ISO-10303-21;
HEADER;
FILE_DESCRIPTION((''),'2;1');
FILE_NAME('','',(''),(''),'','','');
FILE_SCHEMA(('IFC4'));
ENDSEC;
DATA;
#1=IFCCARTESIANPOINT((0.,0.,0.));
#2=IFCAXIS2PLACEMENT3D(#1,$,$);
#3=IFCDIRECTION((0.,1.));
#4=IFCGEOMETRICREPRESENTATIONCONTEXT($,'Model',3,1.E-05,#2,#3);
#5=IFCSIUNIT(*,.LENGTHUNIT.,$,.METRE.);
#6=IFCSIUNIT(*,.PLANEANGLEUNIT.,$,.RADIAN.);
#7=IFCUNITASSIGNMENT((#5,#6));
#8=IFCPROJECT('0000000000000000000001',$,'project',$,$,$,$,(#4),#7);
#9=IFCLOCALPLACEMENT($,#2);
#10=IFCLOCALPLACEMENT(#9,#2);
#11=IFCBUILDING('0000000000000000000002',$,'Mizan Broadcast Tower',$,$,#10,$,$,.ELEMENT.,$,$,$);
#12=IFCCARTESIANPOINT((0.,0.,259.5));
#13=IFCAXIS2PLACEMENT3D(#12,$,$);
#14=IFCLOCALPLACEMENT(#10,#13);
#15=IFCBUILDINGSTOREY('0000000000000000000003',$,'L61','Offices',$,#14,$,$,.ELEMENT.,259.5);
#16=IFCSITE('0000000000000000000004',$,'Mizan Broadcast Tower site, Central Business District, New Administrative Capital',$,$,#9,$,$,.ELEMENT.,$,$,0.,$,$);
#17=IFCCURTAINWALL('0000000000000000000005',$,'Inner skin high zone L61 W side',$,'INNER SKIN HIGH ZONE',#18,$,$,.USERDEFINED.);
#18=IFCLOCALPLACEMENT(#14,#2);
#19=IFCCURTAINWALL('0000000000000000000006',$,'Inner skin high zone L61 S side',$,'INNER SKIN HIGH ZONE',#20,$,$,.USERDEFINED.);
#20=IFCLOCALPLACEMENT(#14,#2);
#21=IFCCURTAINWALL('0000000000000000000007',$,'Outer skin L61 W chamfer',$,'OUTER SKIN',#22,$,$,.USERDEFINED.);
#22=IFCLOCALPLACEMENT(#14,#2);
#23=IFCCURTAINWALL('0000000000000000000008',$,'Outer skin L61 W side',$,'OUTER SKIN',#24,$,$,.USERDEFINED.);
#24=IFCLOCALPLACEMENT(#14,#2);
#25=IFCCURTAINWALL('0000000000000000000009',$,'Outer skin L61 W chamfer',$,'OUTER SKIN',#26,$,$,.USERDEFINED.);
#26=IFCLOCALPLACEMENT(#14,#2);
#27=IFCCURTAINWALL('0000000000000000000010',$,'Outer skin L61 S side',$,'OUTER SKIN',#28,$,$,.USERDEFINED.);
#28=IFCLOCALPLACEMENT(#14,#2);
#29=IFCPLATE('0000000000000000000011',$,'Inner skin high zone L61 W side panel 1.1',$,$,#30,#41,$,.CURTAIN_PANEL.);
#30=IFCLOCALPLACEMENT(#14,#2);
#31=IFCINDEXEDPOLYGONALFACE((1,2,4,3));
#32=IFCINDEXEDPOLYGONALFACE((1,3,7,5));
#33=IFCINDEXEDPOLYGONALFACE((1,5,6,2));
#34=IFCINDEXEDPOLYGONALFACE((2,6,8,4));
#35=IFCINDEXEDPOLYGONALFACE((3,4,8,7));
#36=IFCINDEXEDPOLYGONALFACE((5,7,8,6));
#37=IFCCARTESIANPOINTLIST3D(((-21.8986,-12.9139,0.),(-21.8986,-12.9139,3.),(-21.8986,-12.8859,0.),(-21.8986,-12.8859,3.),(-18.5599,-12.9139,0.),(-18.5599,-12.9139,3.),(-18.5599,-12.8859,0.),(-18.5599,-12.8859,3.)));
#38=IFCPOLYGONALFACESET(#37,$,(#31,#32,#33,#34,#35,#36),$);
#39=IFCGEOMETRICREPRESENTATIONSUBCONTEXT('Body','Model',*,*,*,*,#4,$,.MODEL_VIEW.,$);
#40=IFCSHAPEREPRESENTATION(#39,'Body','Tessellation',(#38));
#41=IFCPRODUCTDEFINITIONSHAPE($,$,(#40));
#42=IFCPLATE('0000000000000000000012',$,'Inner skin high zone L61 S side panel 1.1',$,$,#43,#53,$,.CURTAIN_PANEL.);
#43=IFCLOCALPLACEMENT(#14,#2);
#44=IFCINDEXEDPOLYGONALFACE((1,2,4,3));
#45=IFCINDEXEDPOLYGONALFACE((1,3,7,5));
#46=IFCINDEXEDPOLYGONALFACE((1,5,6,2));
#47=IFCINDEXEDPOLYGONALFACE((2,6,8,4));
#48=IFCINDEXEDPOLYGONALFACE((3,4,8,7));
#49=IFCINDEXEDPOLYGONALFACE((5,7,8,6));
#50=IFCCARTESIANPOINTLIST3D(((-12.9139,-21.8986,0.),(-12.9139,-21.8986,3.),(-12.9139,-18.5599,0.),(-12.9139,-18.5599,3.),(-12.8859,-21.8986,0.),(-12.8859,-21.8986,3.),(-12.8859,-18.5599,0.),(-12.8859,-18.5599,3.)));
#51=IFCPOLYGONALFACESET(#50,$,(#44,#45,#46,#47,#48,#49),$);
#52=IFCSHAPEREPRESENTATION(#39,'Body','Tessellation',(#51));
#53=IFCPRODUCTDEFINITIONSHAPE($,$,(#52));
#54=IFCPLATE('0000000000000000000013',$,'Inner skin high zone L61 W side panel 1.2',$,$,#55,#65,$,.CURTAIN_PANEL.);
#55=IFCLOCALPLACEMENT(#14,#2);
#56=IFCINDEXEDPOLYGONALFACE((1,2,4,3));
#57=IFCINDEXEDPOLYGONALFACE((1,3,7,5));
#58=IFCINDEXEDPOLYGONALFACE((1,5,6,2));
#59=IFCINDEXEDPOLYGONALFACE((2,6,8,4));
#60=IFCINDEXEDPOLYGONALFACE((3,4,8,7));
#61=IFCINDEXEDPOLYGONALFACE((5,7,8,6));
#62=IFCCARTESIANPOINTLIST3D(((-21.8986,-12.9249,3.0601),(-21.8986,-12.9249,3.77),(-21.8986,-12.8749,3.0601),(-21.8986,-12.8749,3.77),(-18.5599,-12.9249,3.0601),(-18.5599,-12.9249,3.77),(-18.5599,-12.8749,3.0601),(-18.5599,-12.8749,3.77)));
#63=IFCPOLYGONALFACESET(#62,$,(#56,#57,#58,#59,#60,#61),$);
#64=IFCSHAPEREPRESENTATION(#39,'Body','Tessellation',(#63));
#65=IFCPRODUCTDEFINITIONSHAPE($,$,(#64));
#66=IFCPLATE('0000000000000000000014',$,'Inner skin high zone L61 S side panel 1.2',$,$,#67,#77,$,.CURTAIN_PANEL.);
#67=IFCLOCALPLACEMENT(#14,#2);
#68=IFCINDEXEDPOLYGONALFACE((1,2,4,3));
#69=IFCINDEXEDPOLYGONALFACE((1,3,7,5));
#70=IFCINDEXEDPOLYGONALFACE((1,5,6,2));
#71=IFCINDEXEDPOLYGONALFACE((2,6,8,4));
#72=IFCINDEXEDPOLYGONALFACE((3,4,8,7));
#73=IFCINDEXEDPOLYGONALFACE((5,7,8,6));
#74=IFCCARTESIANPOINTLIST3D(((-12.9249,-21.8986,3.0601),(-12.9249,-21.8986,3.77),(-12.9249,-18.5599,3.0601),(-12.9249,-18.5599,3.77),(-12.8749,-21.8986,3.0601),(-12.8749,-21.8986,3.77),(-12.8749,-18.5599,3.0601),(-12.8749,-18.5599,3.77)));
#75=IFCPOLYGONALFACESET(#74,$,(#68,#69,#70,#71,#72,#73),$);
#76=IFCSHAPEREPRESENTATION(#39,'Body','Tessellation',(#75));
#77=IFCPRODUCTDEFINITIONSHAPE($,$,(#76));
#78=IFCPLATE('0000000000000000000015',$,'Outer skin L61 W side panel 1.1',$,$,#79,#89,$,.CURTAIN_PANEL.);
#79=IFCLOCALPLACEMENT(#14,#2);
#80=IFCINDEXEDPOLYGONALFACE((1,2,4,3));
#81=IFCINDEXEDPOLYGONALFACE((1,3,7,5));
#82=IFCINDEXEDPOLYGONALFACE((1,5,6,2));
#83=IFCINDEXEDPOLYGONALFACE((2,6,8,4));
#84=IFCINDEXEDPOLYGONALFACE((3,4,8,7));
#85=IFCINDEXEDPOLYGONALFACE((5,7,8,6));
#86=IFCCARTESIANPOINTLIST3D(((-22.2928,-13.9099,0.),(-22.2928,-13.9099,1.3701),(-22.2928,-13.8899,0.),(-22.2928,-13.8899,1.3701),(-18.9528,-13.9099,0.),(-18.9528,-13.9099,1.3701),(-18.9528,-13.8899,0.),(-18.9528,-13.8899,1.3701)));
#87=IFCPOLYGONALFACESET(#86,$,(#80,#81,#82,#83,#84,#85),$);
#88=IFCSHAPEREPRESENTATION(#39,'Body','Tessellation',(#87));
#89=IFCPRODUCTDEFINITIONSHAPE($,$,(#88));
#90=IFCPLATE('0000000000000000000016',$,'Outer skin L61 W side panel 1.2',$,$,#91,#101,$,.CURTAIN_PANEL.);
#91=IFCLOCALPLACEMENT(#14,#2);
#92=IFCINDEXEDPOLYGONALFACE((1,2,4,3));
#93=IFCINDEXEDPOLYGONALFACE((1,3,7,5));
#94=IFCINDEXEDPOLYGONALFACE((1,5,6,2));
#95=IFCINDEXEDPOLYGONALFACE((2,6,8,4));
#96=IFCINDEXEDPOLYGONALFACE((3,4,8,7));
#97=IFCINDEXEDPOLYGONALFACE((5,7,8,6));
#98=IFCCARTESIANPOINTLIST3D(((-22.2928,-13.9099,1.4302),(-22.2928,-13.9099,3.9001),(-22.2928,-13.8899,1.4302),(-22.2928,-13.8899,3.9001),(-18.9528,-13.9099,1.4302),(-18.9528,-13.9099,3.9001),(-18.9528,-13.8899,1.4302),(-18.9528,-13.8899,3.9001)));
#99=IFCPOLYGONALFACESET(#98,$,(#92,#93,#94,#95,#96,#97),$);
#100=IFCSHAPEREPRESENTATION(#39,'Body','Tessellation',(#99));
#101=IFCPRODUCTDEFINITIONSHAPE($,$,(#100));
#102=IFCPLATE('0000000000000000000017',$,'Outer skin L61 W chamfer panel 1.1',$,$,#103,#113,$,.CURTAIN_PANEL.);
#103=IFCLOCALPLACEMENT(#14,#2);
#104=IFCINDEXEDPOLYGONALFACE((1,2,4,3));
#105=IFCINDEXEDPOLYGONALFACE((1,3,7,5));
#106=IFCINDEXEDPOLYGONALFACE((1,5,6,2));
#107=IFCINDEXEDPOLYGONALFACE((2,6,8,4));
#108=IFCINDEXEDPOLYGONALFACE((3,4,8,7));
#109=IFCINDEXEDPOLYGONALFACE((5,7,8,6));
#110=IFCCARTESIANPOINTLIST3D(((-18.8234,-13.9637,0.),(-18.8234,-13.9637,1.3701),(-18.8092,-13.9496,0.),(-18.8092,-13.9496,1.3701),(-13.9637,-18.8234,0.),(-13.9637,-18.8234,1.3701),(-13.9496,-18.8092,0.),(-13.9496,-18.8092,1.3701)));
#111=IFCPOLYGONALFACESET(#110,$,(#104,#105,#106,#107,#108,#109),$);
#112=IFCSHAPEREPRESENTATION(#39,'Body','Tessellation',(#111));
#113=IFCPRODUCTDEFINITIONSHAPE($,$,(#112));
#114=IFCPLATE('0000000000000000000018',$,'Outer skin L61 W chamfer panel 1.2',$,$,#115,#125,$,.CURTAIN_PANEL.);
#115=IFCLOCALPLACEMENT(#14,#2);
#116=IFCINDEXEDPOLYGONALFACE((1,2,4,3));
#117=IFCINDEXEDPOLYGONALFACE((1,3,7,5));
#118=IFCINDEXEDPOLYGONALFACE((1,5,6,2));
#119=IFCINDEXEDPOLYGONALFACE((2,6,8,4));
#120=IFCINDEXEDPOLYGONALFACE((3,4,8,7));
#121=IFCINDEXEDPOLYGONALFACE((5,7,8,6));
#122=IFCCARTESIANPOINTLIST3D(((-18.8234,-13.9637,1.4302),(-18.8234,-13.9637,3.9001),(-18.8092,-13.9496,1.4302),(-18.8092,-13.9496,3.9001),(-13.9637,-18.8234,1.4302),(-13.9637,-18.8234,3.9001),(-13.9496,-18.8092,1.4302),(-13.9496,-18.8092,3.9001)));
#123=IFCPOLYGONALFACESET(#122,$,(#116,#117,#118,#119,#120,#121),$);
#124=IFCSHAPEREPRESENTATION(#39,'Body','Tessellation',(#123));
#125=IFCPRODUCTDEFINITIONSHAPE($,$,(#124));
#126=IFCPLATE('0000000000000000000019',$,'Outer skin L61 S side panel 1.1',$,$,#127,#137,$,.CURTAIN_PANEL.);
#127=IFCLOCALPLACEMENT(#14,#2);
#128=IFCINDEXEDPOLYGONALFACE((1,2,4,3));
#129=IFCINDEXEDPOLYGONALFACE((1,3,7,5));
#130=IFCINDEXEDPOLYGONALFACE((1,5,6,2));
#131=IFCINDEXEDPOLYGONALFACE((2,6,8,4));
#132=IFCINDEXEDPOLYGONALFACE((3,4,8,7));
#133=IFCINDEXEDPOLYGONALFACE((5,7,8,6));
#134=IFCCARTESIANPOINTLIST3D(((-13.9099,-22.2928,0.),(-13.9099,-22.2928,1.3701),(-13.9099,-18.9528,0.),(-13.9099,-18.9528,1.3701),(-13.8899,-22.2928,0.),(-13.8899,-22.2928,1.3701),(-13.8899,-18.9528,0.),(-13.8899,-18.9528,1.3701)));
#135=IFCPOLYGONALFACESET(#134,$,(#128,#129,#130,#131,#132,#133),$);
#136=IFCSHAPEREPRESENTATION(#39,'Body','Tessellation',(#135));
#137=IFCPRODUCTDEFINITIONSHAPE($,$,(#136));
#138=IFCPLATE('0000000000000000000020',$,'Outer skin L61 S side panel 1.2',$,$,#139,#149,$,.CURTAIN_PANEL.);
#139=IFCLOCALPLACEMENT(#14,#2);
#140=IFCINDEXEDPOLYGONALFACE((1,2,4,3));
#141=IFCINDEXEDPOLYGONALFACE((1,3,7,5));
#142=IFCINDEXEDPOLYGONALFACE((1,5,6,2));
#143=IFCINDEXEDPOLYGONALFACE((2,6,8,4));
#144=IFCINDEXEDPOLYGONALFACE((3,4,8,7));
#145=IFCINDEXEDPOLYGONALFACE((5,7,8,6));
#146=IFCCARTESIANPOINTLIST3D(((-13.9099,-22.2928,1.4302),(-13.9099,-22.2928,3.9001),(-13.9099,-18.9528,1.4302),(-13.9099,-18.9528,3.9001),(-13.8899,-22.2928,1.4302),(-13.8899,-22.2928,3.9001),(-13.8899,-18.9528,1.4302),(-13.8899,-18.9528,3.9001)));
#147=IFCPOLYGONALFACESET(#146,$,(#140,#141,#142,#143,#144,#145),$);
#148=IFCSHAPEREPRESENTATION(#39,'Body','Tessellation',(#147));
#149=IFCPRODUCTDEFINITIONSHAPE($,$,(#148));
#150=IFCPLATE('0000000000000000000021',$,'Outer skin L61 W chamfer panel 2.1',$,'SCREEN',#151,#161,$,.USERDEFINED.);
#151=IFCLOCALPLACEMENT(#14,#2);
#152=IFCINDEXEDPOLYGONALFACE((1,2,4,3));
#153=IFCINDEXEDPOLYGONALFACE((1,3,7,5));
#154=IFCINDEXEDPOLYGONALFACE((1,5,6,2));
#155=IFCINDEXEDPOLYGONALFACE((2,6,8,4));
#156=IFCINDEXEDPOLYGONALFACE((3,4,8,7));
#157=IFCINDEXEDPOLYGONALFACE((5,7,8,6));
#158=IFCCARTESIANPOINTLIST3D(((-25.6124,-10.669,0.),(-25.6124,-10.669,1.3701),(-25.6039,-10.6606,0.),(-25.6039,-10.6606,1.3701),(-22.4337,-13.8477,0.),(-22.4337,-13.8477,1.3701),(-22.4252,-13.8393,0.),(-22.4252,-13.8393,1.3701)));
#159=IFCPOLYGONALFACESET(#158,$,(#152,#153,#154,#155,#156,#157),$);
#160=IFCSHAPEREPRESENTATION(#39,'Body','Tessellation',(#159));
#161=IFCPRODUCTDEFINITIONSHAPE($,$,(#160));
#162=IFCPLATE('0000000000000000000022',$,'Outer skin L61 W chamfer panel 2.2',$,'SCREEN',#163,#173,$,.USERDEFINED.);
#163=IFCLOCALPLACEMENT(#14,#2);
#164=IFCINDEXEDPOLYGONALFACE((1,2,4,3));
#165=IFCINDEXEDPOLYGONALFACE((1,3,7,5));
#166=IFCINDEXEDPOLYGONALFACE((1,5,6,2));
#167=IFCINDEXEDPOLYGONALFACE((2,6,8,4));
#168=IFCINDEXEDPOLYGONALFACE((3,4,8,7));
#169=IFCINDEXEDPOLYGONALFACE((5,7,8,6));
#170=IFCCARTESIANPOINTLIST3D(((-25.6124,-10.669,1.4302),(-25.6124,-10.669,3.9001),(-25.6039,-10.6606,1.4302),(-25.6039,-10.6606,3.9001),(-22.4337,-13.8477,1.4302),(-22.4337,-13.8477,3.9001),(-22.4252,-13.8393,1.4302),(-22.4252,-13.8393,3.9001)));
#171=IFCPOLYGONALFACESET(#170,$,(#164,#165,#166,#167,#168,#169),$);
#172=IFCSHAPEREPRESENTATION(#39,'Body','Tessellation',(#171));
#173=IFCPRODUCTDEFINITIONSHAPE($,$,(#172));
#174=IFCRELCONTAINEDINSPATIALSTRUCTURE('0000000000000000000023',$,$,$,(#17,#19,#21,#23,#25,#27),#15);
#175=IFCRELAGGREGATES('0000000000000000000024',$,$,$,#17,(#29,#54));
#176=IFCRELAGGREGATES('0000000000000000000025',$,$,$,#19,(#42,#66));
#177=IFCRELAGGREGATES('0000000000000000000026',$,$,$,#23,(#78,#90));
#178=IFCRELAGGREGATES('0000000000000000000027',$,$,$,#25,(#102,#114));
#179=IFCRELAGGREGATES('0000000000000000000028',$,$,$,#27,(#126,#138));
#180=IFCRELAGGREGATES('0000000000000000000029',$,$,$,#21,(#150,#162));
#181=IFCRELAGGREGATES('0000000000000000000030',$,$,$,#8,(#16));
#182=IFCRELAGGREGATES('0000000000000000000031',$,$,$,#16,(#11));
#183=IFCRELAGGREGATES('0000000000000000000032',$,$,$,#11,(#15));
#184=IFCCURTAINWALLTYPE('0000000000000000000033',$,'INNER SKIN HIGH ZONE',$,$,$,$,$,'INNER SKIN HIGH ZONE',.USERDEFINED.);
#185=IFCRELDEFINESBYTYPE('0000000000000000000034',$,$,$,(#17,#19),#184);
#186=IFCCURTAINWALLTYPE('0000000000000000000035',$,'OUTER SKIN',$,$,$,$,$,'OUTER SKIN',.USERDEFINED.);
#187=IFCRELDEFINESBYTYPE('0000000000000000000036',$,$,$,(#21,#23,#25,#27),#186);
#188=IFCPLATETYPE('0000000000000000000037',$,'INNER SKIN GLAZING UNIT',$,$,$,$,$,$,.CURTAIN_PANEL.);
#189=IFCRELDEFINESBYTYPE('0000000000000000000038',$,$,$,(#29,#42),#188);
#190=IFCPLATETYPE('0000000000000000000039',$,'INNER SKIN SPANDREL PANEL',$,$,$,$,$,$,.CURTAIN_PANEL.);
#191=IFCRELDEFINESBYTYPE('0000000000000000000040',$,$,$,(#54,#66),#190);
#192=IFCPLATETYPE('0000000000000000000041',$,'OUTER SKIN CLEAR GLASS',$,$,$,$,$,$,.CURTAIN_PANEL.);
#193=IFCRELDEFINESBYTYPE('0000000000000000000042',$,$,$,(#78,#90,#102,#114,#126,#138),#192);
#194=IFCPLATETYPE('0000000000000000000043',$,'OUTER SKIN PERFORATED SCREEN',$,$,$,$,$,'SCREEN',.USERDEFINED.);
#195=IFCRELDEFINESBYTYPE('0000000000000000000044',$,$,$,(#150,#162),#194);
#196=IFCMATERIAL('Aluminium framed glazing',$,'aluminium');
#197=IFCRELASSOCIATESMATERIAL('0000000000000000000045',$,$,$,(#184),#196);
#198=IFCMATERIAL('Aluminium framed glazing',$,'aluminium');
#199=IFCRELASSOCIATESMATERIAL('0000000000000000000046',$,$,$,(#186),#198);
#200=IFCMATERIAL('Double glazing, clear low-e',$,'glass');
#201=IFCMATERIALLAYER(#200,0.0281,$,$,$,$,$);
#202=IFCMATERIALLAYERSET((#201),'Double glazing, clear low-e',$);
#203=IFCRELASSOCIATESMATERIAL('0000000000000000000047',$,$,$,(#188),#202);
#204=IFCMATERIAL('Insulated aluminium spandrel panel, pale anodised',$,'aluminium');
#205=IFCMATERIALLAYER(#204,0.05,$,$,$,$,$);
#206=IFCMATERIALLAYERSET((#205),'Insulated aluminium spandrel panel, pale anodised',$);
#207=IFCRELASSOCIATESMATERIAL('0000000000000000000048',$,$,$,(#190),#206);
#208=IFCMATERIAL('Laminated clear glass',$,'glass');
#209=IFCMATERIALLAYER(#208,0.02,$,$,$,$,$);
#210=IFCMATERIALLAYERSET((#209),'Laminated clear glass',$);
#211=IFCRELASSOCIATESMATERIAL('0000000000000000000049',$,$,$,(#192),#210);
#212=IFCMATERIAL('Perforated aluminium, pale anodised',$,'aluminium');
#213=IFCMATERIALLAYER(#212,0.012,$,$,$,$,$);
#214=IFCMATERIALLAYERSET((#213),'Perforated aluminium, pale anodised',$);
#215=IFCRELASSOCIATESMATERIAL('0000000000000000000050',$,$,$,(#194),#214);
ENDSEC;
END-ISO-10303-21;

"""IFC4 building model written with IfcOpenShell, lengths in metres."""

from ifc_helpers import new_model, si_unit, direction, frame, origin, origin_2d, place, context, subcontext, project, spatial, rectangle, extrude, material, layer, layer_set, type_object, element, aggregate, save


model = new_model("IFC4")

# Units and contexts
model_context = context("Model", 3, precision=1e-05, world=origin(), true_north=direction((0.0, 1.0)))
body_context = subcontext(model_context, "Body", "Model", "MODEL_VIEW")
ifc_project = project(units=[si_unit("LENGTHUNIT", "METRE"), si_unit("PLANEANGLEUNIT", "RADIAN")], contexts=[model_context])

# Site, building, storey
site_placement = place(None, origin())
site = spatial("IfcSite", under=ifc_project, at=site_placement, Name="Mizan Broadcast Tower site, Central Business District, New Administrative Capital", CompositionType="ELEMENT", RefElevation=0.0)
building_placement = place(site_placement, origin())
building = spatial("IfcBuilding", under=site, at=building_placement, Name="Mizan Broadcast Tower", CompositionType="ELEMENT")
storey_placement = place(building_placement, frame((0.0, 0.0, 259.5)))
storey = spatial("IfcBuildingStorey", under=building, at=storey_placement, Name="L61", Description="Offices", CompositionType="ELEMENT", Elevation=259.5)

# Curtain walls
ifc_material_1 = material(Name="Aluminium framed glazing", Category="aluminium")
curtain_wall_type_1 = type_object("IfcCurtainWallType", Name="INNER SKIN HIGH ZONE", ElementType="INNER SKIN HIGH ZONE", PredefinedType="USERDEFINED", material=ifc_material_1)
curtain_wall_1_placement = place(storey_placement, origin())
curtain_wall_1 = element("IfcCurtainWall", 1, at=curtain_wall_1_placement, inside=storey, type_object=curtain_wall_type_1, Name="Inner skin high zone L61 W side", ObjectType="INNER SKIN HIGH ZONE", PredefinedType="USERDEFINED")
curtain_wall_2_placement = place(storey_placement, origin())
curtain_wall_2 = element("IfcCurtainWall", 2, at=curtain_wall_2_placement, inside=storey, type_object=curtain_wall_type_1, Name="Inner skin high zone L61 S side", ObjectType="INNER SKIN HIGH ZONE", PredefinedType="USERDEFINED")

# Curtain walls
ifc_material_2 = material(Name="Aluminium framed glazing", Category="aluminium")
curtain_wall_type_2 = type_object("IfcCurtainWallType", Name="OUTER SKIN", ElementType="OUTER SKIN", PredefinedType="USERDEFINED", material=ifc_material_2)
curtain_wall_3_placement = place(storey_placement, origin())
curtain_wall_3 = element("IfcCurtainWall", 3, at=curtain_wall_3_placement, inside=storey, type_object=curtain_wall_type_2, Name="Outer skin L61 W chamfer", ObjectType="OUTER SKIN", PredefinedType="USERDEFINED")
curtain_wall_4_placement = place(storey_placement, origin())
curtain_wall_4 = element("IfcCurtainWall", 4, at=curtain_wall_4_placement, inside=storey, type_object=curtain_wall_type_2, Name="Outer skin L61 W side", ObjectType="OUTER SKIN", PredefinedType="USERDEFINED")
curtain_wall_5_placement = place(storey_placement, origin())
curtain_wall_5 = element("IfcCurtainWall", 5, at=curtain_wall_5_placement, inside=storey, type_object=curtain_wall_type_2, Name="Outer skin L61 W chamfer", ObjectType="OUTER SKIN", PredefinedType="USERDEFINED")
curtain_wall_6_placement = place(storey_placement, origin())
curtain_wall_6 = element("IfcCurtainWall", 6, at=curtain_wall_6_placement, inside=storey, type_object=curtain_wall_type_2, Name="Outer skin L61 S side", ObjectType="OUTER SKIN", PredefinedType="USERDEFINED")

# Plates
ifc_material_3 = material(Name="Double glazing, clear low-e", Category="glass")
ifc_layer_1 = layer(ifc_material_3, 0.0281)
ifc_layer_set_1 = layer_set([ifc_layer_1], Name="Double glazing, clear low-e")
plate_type_1 = type_object("IfcPlateType", Name="INNER SKIN GLAZING UNIT", PredefinedType="CURTAIN_PANEL", material=ifc_layer_set_1)
plate_1_placement = place(storey_placement, frame((-20.2292, -12.8999, 0.0), z_axis=(0.0, 0.0, 1.0), x_axis=(1.0, 0.0, 0.0)))
plate_1 = element("IfcPlate", 7, at=plate_1_placement, type_object=plate_type_1, Name="Inner skin high zone L61 W side panel 1.1", PredefinedType="CURTAIN_PANEL", context=body_context, shape_type="SweptSolid", body=[
    extrude(rectangle(XDim=3.3386, YDim=0.0281, at=origin_2d()), origin(), (0.0, 0.0, 1.0), 3.0),
])
plate_2_placement = place(storey_placement, frame((-12.8999, -20.2292, 0.0), z_axis=(0.0, 0.0, 1.0), x_axis=(0.0, -1.0, 0.0)))
plate_2 = element("IfcPlate", 8, at=plate_2_placement, type_object=plate_type_1, Name="Inner skin high zone L61 S side panel 1.1", PredefinedType="CURTAIN_PANEL", context=body_context, shape_type="SweptSolid", body=[
    extrude(rectangle(XDim=3.3386, YDim=0.0281, at=origin_2d()), origin(), (0.0, 0.0, 1.0), 3.0),
])
ifc_material_4 = material(Name="Insulated aluminium spandrel panel, pale anodised", Category="aluminium")
ifc_layer_2 = layer(ifc_material_4, 0.05)
ifc_layer_set_2 = layer_set([ifc_layer_2], Name="Insulated aluminium spandrel panel, pale anodised")
plate_type_2 = type_object("IfcPlateType", Name="INNER SKIN SPANDREL PANEL", PredefinedType="CURTAIN_PANEL", material=ifc_layer_set_2)
plate_3_placement = place(storey_placement, frame((-20.2292, -12.8999, 3.0601), z_axis=(0.0, 0.0, 1.0), x_axis=(1.0, 0.0, 0.0)))
plate_3 = element("IfcPlate", 9, at=plate_3_placement, type_object=plate_type_2, Name="Inner skin high zone L61 W side panel 1.2", PredefinedType="CURTAIN_PANEL", context=body_context, shape_type="SweptSolid", body=[
    extrude(rectangle(XDim=3.3386, YDim=0.05, at=origin_2d()), origin(), (0.0, 0.0, 1.0), 0.71),
])
aggregate(curtain_wall_1, [plate_1, plate_3])
plate_4_placement = place(storey_placement, frame((-12.8999, -20.2292, 3.0601), z_axis=(0.0, 0.0, 1.0), x_axis=(0.0, -1.0, 0.0)))
plate_4 = element("IfcPlate", 10, at=plate_4_placement, type_object=plate_type_2, Name="Inner skin high zone L61 S side panel 1.2", PredefinedType="CURTAIN_PANEL", context=body_context, shape_type="SweptSolid", body=[
    extrude(rectangle(XDim=3.3386, YDim=0.05, at=origin_2d()), origin(), (0.0, 0.0, 1.0), 0.71),
])
aggregate(curtain_wall_2, [plate_2, plate_4])
ifc_material_5 = material(Name="Laminated clear glass", Category="glass")
ifc_layer_3 = layer(ifc_material_5, 0.02)
ifc_layer_set_3 = layer_set([ifc_layer_3], Name="Laminated clear glass")
plate_type_3 = type_object("IfcPlateType", Name="OUTER SKIN CLEAR GLASS", PredefinedType="CURTAIN_PANEL", material=ifc_layer_set_3)
plate_5_placement = place(storey_placement, frame((-20.6228, -13.8999, 0.0), z_axis=(0.0, 0.0, 1.0), x_axis=(1.0, 0.0, 0.0)))
plate_5 = element("IfcPlate", 11, at=plate_5_placement, type_object=plate_type_3, Name="Outer skin L61 W side panel 1.1", PredefinedType="CURTAIN_PANEL", context=body_context, shape_type="SweptSolid", body=[
    extrude(rectangle(XDim=3.3401, YDim=0.02, at=origin_2d()), origin(), (0.0, 0.0, 1.0), 1.3701),
])
plate_6_placement = place(storey_placement, frame((-20.6228, -13.8999, 1.4302), z_axis=(0.0, 0.0, 1.0), x_axis=(1.0, 0.0, 0.0)))
plate_6 = element("IfcPlate", 12, at=plate_6_placement, type_object=plate_type_3, Name="Outer skin L61 W side panel 1.2", PredefinedType="CURTAIN_PANEL", context=body_context, shape_type="SweptSolid", body=[
    extrude(rectangle(XDim=3.3401, YDim=0.02, at=origin_2d()), origin(), (0.0, 0.0, 1.0), 2.47),
])
aggregate(curtain_wall_4, [plate_5, plate_6])
plate_7_placement = place(storey_placement, frame((-16.3865, -16.3865, 0.0), z_axis=(0.0, 0.0, 1.0), x_axis=(0.707107, -0.707107, 0.0)))
plate_7 = element("IfcPlate", 13, at=plate_7_placement, type_object=plate_type_3, Name="Outer skin L61 W chamfer panel 1.1", PredefinedType="CURTAIN_PANEL", context=body_context, shape_type="SweptSolid", body=[
    extrude(rectangle(XDim=6.8726, YDim=0.02, at=origin_2d()), origin(), (0.0, 0.0, 1.0), 1.3701),
])
plate_8_placement = place(storey_placement, frame((-16.3865, -16.3865, 1.4302), z_axis=(0.0, 0.0, 1.0), x_axis=(0.707107, -0.707107, 0.0)))
plate_8 = element("IfcPlate", 14, at=plate_8_placement, type_object=plate_type_3, Name="Outer skin L61 W chamfer panel 1.2", PredefinedType="CURTAIN_PANEL", context=body_context, shape_type="SweptSolid", body=[
    extrude(rectangle(XDim=6.8726, YDim=0.02, at=origin_2d()), origin(), (0.0, 0.0, 1.0), 2.47),
])
aggregate(curtain_wall_5, [plate_7, plate_8])
plate_9_placement = place(storey_placement, frame((-13.8999, -20.6228, 0.0), z_axis=(0.0, 0.0, 1.0), x_axis=(0.0, -1.0, 0.0)))
plate_9 = element("IfcPlate", 15, at=plate_9_placement, type_object=plate_type_3, Name="Outer skin L61 S side panel 1.1", PredefinedType="CURTAIN_PANEL", context=body_context, shape_type="SweptSolid", body=[
    extrude(rectangle(XDim=3.3401, YDim=0.02, at=origin_2d()), origin(), (0.0, 0.0, 1.0), 1.3701),
])
plate_10_placement = place(storey_placement, frame((-13.8999, -20.6228, 1.4302), z_axis=(0.0, 0.0, 1.0), x_axis=(0.0, -1.0, 0.0)))
plate_10 = element("IfcPlate", 16, at=plate_10_placement, type_object=plate_type_3, Name="Outer skin L61 S side panel 1.2", PredefinedType="CURTAIN_PANEL", context=body_context, shape_type="SweptSolid", body=[
    extrude(rectangle(XDim=3.3401, YDim=0.02, at=origin_2d()), origin(), (0.0, 0.0, 1.0), 2.47),
])
aggregate(curtain_wall_6, [plate_9, plate_10])
ifc_material_6 = material(Name="Perforated aluminium, pale anodised", Category="aluminium")
ifc_layer_4 = layer(ifc_material_6, 0.012)
ifc_layer_set_4 = layer_set([ifc_layer_4], Name="Perforated aluminium, pale anodised")
plate_type_4 = type_object("IfcPlateType", Name="OUTER SKIN PERFORATED SCREEN", ElementType="SCREEN", PredefinedType="USERDEFINED", material=ifc_layer_set_4)
plate_11_placement = place(storey_placement, frame((-24.0188, -12.2542, 0.0), z_axis=(0.0, 0.0, 1.0), x_axis=(0.707107, -0.707107, 0.0)))
plate_11 = element("IfcPlate", 17, at=plate_11_placement, type_object=plate_type_4, Name="Outer skin L61 W chamfer panel 2.1", ObjectType="SCREEN", PredefinedType="USERDEFINED", context=body_context, shape_type="SweptSolid", body=[
    extrude(rectangle(XDim=4.4954, YDim=0.012, at=origin_2d()), origin(), (0.0, 0.0, 1.0), 1.3701),
])
plate_12_placement = place(storey_placement, frame((-24.0188, -12.2542, 1.4302), z_axis=(0.0, 0.0, 1.0), x_axis=(0.707107, -0.707107, 0.0)))
plate_12 = element("IfcPlate", 18, at=plate_12_placement, type_object=plate_type_4, Name="Outer skin L61 W chamfer panel 2.2", ObjectType="SCREEN", PredefinedType="USERDEFINED", context=body_context, shape_type="SweptSolid", body=[
    extrude(rectangle(XDim=4.4954, YDim=0.012, at=origin_2d()), origin(), (0.0, 0.0, 1.0), 2.47),
])
aggregate(curtain_wall_3, [plate_11, plate_12])

save(model, "model.ifc")
